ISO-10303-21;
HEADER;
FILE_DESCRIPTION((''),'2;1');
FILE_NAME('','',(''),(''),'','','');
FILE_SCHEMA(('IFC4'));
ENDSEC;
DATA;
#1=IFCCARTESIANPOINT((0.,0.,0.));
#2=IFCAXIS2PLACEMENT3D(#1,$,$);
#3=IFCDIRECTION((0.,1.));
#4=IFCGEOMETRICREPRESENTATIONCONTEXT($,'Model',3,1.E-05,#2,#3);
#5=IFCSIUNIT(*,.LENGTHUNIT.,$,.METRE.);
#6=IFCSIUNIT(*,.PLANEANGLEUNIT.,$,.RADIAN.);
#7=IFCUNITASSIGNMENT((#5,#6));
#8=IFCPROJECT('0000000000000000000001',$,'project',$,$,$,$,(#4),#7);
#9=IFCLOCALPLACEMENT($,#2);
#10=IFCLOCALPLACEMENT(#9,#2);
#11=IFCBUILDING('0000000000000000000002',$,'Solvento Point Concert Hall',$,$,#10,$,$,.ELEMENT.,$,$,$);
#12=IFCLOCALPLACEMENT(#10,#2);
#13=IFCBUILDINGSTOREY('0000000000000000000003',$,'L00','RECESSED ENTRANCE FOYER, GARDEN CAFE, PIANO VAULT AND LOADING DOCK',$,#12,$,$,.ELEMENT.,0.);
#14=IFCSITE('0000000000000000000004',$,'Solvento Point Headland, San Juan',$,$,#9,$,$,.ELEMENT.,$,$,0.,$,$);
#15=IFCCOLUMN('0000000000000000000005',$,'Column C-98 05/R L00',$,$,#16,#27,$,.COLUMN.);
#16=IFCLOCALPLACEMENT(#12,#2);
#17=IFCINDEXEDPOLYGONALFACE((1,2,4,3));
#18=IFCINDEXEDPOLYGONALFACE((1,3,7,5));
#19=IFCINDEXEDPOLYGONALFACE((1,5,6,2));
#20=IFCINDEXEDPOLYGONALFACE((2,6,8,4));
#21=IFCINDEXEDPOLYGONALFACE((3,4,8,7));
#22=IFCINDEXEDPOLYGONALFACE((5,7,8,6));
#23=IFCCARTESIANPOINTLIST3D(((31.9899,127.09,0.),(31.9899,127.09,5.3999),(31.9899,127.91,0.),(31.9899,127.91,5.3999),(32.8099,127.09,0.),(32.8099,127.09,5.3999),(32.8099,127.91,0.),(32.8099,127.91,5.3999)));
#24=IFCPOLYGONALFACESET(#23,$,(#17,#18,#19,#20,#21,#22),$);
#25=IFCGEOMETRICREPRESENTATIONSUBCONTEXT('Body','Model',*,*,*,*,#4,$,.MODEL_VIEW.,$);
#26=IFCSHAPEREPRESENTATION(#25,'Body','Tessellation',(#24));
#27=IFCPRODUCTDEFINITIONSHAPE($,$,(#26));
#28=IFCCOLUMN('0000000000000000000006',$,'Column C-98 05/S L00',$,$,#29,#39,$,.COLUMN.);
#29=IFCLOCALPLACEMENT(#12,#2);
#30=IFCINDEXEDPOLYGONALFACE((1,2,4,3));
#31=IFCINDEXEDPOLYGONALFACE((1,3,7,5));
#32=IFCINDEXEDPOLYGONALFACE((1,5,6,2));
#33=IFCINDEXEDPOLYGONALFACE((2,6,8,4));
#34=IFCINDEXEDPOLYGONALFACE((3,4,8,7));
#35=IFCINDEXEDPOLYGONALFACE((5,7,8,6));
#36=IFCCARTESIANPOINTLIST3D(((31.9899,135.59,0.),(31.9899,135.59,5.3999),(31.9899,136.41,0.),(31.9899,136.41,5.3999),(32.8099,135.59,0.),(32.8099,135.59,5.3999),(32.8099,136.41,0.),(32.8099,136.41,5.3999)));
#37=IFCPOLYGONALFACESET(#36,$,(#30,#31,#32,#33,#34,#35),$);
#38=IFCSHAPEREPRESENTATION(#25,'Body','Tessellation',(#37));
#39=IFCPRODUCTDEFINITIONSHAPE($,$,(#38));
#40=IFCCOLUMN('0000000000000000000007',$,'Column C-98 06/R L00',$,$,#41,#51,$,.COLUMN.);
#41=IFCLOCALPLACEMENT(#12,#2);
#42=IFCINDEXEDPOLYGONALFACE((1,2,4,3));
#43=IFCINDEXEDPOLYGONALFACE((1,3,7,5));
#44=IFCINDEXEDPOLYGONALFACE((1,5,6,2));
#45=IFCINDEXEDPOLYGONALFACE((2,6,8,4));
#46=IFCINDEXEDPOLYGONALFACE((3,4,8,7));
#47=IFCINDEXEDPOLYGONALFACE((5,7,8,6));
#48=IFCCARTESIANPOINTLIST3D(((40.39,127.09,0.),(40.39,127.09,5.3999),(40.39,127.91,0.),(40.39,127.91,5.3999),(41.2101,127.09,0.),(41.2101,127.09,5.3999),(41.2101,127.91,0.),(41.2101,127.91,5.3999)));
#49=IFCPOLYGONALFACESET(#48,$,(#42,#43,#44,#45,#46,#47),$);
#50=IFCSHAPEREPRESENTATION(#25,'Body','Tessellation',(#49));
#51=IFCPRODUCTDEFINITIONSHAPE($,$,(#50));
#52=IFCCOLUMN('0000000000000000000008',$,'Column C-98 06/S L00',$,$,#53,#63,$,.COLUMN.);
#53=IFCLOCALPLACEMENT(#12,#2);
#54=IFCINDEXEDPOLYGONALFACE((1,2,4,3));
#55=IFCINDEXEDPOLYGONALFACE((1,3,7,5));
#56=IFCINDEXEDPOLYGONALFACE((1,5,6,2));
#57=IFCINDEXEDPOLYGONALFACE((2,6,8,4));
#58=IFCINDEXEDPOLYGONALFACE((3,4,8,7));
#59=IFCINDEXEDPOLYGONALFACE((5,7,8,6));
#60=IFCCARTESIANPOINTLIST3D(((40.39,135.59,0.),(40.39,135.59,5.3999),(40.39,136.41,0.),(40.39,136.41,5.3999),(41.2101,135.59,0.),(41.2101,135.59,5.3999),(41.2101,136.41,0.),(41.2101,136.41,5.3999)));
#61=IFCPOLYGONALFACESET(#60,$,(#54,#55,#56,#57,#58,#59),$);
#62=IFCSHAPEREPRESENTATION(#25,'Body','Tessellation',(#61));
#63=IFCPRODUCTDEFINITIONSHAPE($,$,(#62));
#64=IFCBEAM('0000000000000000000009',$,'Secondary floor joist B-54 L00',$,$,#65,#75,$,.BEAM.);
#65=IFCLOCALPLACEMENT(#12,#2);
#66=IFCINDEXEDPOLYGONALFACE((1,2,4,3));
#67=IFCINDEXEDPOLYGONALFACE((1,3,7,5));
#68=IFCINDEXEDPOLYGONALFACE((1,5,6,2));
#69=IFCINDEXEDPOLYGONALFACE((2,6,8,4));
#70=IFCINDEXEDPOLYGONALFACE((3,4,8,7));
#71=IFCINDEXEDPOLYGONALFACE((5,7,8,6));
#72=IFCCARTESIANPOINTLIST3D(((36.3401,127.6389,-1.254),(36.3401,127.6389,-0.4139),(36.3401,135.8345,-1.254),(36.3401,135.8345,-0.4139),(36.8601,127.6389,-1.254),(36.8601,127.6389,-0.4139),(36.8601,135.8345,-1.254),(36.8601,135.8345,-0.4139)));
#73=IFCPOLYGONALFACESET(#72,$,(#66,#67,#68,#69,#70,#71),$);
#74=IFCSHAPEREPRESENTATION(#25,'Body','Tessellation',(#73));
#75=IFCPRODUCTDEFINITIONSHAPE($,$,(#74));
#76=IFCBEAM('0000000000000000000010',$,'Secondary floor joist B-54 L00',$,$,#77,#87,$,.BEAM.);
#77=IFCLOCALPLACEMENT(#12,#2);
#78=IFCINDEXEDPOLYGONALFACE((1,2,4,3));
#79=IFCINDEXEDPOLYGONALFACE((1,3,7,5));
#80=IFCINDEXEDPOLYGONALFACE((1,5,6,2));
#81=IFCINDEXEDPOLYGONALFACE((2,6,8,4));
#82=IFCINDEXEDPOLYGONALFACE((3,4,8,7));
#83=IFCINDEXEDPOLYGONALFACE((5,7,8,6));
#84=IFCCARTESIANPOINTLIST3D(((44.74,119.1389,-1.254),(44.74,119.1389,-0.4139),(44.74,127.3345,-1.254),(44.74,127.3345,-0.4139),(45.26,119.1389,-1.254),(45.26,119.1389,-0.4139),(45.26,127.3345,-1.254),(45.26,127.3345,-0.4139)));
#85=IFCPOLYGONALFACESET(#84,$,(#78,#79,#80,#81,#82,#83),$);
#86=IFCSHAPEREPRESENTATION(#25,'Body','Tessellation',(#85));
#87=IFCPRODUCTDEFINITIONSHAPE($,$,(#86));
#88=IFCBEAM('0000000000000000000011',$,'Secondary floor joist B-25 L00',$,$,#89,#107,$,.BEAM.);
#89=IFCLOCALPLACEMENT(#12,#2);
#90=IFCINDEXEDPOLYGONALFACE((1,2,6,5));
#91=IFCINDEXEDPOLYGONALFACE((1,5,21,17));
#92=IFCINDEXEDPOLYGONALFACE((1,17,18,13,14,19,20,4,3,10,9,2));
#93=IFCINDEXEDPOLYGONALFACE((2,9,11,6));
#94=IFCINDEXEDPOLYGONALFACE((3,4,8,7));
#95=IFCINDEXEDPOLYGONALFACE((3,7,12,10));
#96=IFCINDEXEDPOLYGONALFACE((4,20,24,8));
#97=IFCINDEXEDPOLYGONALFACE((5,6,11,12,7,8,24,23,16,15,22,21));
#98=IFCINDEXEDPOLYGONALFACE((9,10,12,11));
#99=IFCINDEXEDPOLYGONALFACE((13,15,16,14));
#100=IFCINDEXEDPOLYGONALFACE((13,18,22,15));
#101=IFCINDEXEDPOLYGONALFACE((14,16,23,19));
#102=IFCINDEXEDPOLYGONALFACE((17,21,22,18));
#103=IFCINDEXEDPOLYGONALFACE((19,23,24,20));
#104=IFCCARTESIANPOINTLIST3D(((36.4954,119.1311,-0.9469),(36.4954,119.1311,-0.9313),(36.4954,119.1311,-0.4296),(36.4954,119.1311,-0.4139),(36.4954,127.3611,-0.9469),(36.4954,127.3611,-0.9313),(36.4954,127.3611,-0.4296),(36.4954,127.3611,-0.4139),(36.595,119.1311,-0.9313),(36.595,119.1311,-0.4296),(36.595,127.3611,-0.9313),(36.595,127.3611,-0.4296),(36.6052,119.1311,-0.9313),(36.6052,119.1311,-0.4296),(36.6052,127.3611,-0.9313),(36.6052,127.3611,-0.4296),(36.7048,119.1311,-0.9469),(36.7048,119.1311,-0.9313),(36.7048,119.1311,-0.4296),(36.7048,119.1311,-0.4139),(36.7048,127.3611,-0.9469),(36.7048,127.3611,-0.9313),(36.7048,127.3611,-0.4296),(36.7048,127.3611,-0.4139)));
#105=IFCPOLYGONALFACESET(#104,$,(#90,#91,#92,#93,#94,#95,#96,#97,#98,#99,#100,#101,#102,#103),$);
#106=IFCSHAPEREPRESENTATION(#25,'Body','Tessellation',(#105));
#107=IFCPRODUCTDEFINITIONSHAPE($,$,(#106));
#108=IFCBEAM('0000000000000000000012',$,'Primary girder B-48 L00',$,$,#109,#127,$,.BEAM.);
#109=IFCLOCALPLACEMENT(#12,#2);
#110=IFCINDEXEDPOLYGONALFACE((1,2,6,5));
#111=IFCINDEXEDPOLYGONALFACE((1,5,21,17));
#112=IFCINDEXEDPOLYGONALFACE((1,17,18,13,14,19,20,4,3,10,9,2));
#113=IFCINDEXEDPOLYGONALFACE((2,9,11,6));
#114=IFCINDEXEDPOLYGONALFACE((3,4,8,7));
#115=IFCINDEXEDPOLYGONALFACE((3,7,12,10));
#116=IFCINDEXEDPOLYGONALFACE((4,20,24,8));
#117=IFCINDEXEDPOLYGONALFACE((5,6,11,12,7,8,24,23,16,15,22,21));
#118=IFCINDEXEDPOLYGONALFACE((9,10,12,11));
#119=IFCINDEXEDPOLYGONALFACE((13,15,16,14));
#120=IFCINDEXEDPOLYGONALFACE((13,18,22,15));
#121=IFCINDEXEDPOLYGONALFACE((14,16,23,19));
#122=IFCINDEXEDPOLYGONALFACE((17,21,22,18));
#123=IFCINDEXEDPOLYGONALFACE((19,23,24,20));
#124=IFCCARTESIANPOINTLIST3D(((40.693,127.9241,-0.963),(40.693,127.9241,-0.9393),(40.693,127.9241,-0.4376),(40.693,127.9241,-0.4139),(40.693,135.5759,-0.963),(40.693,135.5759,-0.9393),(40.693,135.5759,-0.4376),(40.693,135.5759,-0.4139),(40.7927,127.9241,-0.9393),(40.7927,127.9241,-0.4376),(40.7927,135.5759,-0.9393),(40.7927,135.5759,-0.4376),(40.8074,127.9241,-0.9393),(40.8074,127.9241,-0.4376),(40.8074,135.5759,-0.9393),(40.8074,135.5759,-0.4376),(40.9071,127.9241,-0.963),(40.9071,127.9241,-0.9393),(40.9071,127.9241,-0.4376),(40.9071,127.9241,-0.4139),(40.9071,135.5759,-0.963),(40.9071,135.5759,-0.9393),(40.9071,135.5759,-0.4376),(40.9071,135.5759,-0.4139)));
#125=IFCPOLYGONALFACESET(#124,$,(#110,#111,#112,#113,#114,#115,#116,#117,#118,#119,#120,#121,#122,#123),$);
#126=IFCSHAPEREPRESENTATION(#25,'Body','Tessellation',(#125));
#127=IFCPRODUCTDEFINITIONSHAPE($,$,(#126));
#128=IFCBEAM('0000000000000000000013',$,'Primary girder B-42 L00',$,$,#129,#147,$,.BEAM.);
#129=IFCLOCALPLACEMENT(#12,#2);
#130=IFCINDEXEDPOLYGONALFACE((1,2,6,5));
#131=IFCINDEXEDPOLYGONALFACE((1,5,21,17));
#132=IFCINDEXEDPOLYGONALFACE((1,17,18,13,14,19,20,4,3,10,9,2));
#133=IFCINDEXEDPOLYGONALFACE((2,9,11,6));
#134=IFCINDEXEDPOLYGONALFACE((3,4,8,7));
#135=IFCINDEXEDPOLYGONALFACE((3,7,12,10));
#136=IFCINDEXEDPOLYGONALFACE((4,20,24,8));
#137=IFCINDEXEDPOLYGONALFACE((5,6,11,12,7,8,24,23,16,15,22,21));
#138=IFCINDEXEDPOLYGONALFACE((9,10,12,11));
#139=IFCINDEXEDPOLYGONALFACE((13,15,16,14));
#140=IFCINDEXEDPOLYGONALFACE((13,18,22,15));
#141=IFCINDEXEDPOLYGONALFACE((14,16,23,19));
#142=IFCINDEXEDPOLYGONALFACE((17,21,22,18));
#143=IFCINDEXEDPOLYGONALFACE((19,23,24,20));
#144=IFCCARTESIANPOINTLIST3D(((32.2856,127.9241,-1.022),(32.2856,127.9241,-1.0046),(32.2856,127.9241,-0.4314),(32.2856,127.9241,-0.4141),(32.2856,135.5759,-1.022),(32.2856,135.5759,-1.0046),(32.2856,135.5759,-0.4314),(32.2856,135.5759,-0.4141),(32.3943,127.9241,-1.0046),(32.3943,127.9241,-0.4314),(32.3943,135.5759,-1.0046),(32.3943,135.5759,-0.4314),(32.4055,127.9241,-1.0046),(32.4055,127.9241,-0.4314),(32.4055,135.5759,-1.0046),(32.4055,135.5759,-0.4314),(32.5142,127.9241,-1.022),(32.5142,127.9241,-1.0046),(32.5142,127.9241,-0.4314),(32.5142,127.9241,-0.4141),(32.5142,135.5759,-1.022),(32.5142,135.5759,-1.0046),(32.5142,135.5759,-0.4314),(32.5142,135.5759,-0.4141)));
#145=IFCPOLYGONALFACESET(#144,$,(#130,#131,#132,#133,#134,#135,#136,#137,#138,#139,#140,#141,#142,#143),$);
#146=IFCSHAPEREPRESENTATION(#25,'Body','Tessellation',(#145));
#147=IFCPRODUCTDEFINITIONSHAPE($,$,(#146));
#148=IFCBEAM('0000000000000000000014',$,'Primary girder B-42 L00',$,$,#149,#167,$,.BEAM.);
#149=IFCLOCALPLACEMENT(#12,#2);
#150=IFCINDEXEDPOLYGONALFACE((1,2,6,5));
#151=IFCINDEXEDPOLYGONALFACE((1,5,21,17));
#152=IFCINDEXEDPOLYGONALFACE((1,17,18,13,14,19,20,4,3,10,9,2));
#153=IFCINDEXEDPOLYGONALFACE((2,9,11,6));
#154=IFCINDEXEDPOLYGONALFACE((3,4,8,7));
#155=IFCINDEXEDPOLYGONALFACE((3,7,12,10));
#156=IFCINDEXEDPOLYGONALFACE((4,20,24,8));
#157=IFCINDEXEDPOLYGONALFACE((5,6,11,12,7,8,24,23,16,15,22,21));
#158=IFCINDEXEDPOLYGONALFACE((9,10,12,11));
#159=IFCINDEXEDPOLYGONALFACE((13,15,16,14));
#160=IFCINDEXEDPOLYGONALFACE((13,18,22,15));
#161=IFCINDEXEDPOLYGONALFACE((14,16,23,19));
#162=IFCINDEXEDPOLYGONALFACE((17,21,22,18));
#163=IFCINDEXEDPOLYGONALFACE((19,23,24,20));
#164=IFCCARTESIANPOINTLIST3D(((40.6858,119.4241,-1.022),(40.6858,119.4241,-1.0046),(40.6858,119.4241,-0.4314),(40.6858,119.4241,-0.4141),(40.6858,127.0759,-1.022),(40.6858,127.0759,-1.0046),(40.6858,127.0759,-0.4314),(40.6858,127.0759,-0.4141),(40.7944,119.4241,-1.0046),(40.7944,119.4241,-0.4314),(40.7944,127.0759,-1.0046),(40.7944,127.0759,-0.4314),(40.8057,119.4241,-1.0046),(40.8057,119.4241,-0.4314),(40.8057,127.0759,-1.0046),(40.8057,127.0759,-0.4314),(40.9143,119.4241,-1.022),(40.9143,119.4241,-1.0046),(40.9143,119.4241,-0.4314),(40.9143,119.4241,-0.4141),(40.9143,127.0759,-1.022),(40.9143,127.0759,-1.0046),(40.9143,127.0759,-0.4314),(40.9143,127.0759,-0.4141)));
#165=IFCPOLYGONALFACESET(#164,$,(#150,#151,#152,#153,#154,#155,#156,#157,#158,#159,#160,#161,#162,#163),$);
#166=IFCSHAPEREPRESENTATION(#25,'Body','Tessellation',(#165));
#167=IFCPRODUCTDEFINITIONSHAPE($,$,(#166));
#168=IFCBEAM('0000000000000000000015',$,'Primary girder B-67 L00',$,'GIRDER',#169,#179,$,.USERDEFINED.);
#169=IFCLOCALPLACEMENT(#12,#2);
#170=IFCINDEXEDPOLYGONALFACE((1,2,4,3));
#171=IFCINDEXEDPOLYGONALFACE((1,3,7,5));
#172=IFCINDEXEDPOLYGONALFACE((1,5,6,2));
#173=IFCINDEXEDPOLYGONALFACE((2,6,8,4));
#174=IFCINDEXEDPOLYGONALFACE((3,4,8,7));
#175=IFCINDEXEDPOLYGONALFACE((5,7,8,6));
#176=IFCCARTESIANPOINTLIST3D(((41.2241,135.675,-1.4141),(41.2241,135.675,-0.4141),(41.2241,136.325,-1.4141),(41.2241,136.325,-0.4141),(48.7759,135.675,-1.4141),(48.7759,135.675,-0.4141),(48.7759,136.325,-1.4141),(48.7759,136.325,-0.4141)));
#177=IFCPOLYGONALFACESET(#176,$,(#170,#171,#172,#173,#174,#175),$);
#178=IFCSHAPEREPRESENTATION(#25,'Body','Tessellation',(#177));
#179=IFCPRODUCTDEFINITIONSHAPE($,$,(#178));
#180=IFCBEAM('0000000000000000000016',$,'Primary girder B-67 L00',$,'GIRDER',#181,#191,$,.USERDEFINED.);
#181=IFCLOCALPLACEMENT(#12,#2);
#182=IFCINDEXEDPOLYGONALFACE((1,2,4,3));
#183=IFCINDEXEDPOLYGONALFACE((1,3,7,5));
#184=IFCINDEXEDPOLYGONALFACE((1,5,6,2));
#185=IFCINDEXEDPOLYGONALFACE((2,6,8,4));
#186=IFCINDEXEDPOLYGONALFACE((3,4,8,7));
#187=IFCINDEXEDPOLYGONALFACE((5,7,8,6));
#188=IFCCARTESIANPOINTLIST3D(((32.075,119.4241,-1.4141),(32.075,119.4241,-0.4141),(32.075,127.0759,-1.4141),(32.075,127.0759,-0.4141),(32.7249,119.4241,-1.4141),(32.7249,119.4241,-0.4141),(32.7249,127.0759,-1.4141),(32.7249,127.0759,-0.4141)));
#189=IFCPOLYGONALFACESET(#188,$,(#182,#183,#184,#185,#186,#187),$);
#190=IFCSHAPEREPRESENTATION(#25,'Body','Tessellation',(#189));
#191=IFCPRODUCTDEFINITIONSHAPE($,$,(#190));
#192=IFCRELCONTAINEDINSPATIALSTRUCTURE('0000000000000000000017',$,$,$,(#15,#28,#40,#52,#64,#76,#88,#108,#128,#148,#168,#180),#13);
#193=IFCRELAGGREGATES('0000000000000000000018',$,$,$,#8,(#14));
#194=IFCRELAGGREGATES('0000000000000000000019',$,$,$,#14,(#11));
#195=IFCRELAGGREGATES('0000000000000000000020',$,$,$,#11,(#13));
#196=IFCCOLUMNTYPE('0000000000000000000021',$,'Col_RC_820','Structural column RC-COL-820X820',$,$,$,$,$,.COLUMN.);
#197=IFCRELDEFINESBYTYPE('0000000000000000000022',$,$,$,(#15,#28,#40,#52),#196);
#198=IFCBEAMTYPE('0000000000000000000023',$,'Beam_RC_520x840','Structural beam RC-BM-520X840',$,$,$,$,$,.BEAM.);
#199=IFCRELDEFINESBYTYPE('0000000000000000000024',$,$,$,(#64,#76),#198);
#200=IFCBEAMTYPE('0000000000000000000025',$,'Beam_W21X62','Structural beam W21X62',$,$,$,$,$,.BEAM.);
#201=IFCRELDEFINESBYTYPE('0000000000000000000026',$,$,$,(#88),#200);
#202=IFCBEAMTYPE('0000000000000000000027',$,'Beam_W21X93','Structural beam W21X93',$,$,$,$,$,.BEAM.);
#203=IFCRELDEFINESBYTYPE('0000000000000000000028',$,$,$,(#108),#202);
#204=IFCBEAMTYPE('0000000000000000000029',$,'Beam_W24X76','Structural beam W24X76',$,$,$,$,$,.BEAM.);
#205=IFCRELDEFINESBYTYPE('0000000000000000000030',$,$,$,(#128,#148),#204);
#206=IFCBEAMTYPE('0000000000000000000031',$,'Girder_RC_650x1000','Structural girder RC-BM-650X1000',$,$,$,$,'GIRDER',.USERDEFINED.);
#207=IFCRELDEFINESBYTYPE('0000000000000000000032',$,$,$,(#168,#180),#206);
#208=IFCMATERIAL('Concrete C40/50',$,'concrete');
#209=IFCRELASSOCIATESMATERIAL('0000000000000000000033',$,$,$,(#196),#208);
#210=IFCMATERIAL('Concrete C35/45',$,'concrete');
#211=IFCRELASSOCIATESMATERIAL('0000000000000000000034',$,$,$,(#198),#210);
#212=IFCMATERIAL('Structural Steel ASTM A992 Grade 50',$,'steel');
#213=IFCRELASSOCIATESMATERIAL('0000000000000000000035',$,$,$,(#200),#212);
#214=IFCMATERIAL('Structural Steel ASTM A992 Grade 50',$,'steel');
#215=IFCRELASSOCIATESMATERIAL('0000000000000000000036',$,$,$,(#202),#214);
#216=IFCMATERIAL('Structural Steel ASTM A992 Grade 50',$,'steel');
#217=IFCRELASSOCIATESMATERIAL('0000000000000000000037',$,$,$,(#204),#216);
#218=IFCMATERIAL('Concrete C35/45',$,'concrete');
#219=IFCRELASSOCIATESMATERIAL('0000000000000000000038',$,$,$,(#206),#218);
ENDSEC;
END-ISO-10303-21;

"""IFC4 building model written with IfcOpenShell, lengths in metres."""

from ifc_helpers import new_model, si_unit, direction, frame, origin, origin_2d, place, context, subcontext, project, spatial, rectangle, i_section, extrude, material, material_profile, profile_set, type_object, element, save


model = new_model("IFC4")

# Units and contexts
model_context = context("Model", 3, precision=1e-05, world=origin(), true_north=direction((0.0, 1.0)))
body_context = subcontext(model_context, "Body", "Model", "MODEL_VIEW")
ifc_project = project(units=[si_unit("LENGTHUNIT", "METRE"), si_unit("PLANEANGLEUNIT", "RADIAN")], contexts=[model_context])

# Site, building, storey
site_placement = place(None, origin())
site = spatial("IfcSite", under=ifc_project, at=site_placement, Name="Solvento Point Headland, San Juan", CompositionType="ELEMENT", RefElevation=0.0)
building_placement = place(site_placement, origin())
building = spatial("IfcBuilding", under=site, at=building_placement, Name="Solvento Point Concert Hall", CompositionType="ELEMENT")
storey_placement = place(building_placement, origin())
storey = spatial("IfcBuildingStorey", under=building, at=storey_placement, Name="L00", Description="RECESSED ENTRANCE FOYER, GARDEN CAFE, PIANO VAULT AND LOADING DOCK", CompositionType="ELEMENT", Elevation=0.0)

# Columns
ifc_material_1 = material(Name="Concrete C40/50", Category="concrete")
ifc_material_profile_1 = material_profile(ifc_material_1, rectangle(XDim=0.8201, YDim=0.8201, at=origin_2d()), Name="RC-COL-820X820")
ifc_profile_set_1 = profile_set([ifc_material_profile_1], Name="Concrete C40/50")
column_type = type_object("IfcColumnType", Name="Col_RC_820", Description="Structural column RC-COL-820X820", PredefinedType="COLUMN", material=ifc_profile_set_1)
for number, where, z_axis, x_axis, name in (
    (1, (32.3999, 127.5, 0.0), (0.0, 0.0, 1.0), (1.0, 0.0, 0.0), "Column C-98 05/R L00"),
    (2, (32.3999, 136.0, 0.0), (0.0, 0.0, 1.0), (1.0, 0.0, 0.0), "Column C-98 05/S L00"),
    (3, (40.8, 127.5, 0.0), (0.0, 0.0, 1.0), (1.0, 0.0, 0.0), "Column C-98 06/R L00"),
    (4, (40.8, 136.0, 0.0), (0.0, 0.0, 1.0), (1.0, 0.0, 0.0), "Column C-98 06/S L00"),
):
    element("IfcColumn", number, at=place(storey_placement, frame(where, z_axis=z_axis, x_axis=x_axis)), inside=storey, type_object=column_type, Name=name, PredefinedType="COLUMN", context=body_context, shape_type="SweptSolid", body=[
        extrude(rectangle(XDim=0.8201, YDim=0.8201, at=origin_2d()), origin(), (0.0, 0.0, 1.0), 5.3999),
    ])

# Beams
ifc_material_2 = material(Name="Concrete C35/45", Category="concrete")
ifc_material_profile_2 = material_profile(ifc_material_2, rectangle(XDim=0.52, YDim=0.8401, at=origin_2d()), Name="RC-BM-520X840")
ifc_profile_set_2 = profile_set([ifc_material_profile_2], Name="Concrete C35/45")
beam_type_1 = type_object("IfcBeamType", Name="Beam_RC_520x840", Description="Structural beam RC-BM-520X840", PredefinedType="BEAM", material=ifc_profile_set_2)
for number, where, z_axis, x_axis, name in (
    (5, (36.6001, 127.6389, -0.834), (0.0, 1.0, 0.0), (-1.0, 0.0, 0.0), "Secondary floor joist B-54 L00"),
    (6, (45.0, 119.1389, -0.834), (0.0, 1.0, 0.0), (-1.0, 0.0, 0.0), "Secondary floor joist B-54 L00"),
):
    element("IfcBeam", number, at=place(storey_placement, frame(where, z_axis=z_axis, x_axis=x_axis)), inside=storey, type_object=beam_type_1, Name=name, PredefinedType="BEAM", context=body_context, shape_type="SweptSolid", body=[
        extrude(rectangle(XDim=0.52, YDim=0.8401, at=origin_2d()), origin(), (0.0, 0.0, 1.0), 8.1956),
    ])
ifc_material_3 = material(Name="Structural Steel ASTM A992 Grade 50", Category="steel")
ifc_material_profile_3 = material_profile(ifc_material_3, i_section(OverallWidth=0.2095, OverallDepth=0.533, WebThickness=0.0103, FlangeThickness=0.0156, at=origin_2d()), Name="W21X62")
ifc_profile_set_3 = profile_set([ifc_material_profile_3], Name="Structural Steel ASTM A992 Grade 50")
beam_type_2 = type_object("IfcBeamType", Name="Beam_W21X62", Description="Structural beam W21X62", PredefinedType="BEAM", material=ifc_profile_set_3)
beam_1_placement = place(storey_placement, frame((36.6001, 119.1311, -0.6804), z_axis=(0.0, 1.0, 0.0), x_axis=(-1.0, 0.0, 0.0)))
element("IfcBeam", 7, at=beam_1_placement, inside=storey, type_object=beam_type_2, Name="Secondary floor joist B-25 L00", PredefinedType="BEAM", context=body_context, shape_type="SweptSolid", body=[
    extrude(i_section(OverallWidth=0.2095, OverallDepth=0.533, WebThickness=0.0103, FlangeThickness=0.0156, at=origin_2d()), origin(), (0.0, 0.0, 1.0), 8.23),
])
ifc_material_4 = material(Name="Structural Steel ASTM A992 Grade 50", Category="steel")
ifc_material_profile_4 = material_profile(ifc_material_4, i_section(OverallWidth=0.2141, OverallDepth=0.5491, WebThickness=0.0146, FlangeThickness=0.0237, at=origin_2d()), Name="W21X93")
ifc_profile_set_4 = profile_set([ifc_material_profile_4], Name="Structural Steel ASTM A992 Grade 50")
beam_type_3 = type_object("IfcBeamType", Name="Beam_W21X93", Description="Structural beam W21X93", PredefinedType="BEAM", material=ifc_profile_set_4)
beam_2_placement = place(storey_placement, frame((40.8, 127.9241, -0.6885), z_axis=(0.0, 1.0, 0.0), x_axis=(-1.0, 0.0, 0.0)))
element("IfcBeam", 8, at=beam_2_placement, inside=storey, type_object=beam_type_3, Name="Primary girder B-48 L00", PredefinedType="BEAM", context=body_context, shape_type="SweptSolid", body=[
    extrude(i_section(OverallWidth=0.2141, OverallDepth=0.5491, WebThickness=0.0146, FlangeThickness=0.0237, at=origin_2d()), origin(), (0.0, 0.0, 1.0), 7.6519),
])
ifc_material_5 = material(Name="Structural Steel ASTM A992 Grade 50", Category="steel")
ifc_material_profile_5 = material_profile(ifc_material_5, i_section(OverallWidth=0.2285, OverallDepth=0.6079, WebThickness=0.0112, FlangeThickness=0.0173, at=origin_2d()), Name="W24X76")
ifc_profile_set_5 = profile_set([ifc_material_profile_5], Name="Structural Steel ASTM A992 Grade 50")
beam_type_4 = type_object("IfcBeamType", Name="Beam_W24X76", Description="Structural beam W24X76", PredefinedType="BEAM", material=ifc_profile_set_5)
for number, where, z_axis, x_axis, name in (
    (9, (32.3999, 127.9241, -0.718), (0.0, 1.0, 0.0), (-1.0, 0.0, 0.0), "Primary girder B-42 L00"),
    (10, (40.8, 119.4241, -0.718), (0.0, 1.0, 0.0), (-1.0, 0.0, 0.0), "Primary girder B-42 L00"),
):
    element("IfcBeam", number, at=place(storey_placement, frame(where, z_axis=z_axis, x_axis=x_axis)), inside=storey, type_object=beam_type_4, Name=name, PredefinedType="BEAM", context=body_context, shape_type="SweptSolid", body=[
        extrude(i_section(OverallWidth=0.2285, OverallDepth=0.6079, WebThickness=0.0112, FlangeThickness=0.0173, at=origin_2d()), origin(), (0.0, 0.0, 1.0), 7.6519),
    ])
ifc_material_6 = material(Name="Concrete C35/45", Category="concrete")
ifc_material_profile_6 = material_profile(ifc_material_6, rectangle(XDim=0.6499, YDim=1.0, at=origin_2d()), Name="RC-BM-650X1000")
ifc_profile_set_6 = profile_set([ifc_material_profile_6], Name="Concrete C35/45")
beam_type_5 = type_object("IfcBeamType", Name="Girder_RC_650x1000", Description="Structural girder RC-BM-650X1000", ElementType="GIRDER", PredefinedType="USERDEFINED", material=ifc_profile_set_6)
beam_3_placement = place(storey_placement, frame((41.2241, 136.0, -0.9141), z_axis=(1.0, 0.0, 0.0), x_axis=(0.0, 1.0, 0.0)))
element("IfcBeam", 11, at=beam_3_placement, inside=storey, type_object=beam_type_5, Name="Primary girder B-67 L00", ObjectType="GIRDER", PredefinedType="USERDEFINED", context=body_context, shape_type="SweptSolid", body=[
    extrude(rectangle(XDim=0.6499, YDim=1.0, at=origin_2d()), origin(), (0.0, 0.0, 1.0), 7.5518),
])
beam_4_placement = place(storey_placement, frame((32.3999, 119.4241, -0.9141), z_axis=(0.0, 1.0, 0.0), x_axis=(-1.0, 0.0, 0.0)))
element("IfcBeam", 12, at=beam_4_placement, inside=storey, type_object=beam_type_5, Name="Primary girder B-67 L00", ObjectType="GIRDER", PredefinedType="USERDEFINED", context=body_context, shape_type="SweptSolid", body=[
    extrude(rectangle(XDim=0.6499, YDim=1.0, at=origin_2d()), origin(), (0.0, 0.0, 1.0), 7.6519),
])

save(model, "model.ifc")
